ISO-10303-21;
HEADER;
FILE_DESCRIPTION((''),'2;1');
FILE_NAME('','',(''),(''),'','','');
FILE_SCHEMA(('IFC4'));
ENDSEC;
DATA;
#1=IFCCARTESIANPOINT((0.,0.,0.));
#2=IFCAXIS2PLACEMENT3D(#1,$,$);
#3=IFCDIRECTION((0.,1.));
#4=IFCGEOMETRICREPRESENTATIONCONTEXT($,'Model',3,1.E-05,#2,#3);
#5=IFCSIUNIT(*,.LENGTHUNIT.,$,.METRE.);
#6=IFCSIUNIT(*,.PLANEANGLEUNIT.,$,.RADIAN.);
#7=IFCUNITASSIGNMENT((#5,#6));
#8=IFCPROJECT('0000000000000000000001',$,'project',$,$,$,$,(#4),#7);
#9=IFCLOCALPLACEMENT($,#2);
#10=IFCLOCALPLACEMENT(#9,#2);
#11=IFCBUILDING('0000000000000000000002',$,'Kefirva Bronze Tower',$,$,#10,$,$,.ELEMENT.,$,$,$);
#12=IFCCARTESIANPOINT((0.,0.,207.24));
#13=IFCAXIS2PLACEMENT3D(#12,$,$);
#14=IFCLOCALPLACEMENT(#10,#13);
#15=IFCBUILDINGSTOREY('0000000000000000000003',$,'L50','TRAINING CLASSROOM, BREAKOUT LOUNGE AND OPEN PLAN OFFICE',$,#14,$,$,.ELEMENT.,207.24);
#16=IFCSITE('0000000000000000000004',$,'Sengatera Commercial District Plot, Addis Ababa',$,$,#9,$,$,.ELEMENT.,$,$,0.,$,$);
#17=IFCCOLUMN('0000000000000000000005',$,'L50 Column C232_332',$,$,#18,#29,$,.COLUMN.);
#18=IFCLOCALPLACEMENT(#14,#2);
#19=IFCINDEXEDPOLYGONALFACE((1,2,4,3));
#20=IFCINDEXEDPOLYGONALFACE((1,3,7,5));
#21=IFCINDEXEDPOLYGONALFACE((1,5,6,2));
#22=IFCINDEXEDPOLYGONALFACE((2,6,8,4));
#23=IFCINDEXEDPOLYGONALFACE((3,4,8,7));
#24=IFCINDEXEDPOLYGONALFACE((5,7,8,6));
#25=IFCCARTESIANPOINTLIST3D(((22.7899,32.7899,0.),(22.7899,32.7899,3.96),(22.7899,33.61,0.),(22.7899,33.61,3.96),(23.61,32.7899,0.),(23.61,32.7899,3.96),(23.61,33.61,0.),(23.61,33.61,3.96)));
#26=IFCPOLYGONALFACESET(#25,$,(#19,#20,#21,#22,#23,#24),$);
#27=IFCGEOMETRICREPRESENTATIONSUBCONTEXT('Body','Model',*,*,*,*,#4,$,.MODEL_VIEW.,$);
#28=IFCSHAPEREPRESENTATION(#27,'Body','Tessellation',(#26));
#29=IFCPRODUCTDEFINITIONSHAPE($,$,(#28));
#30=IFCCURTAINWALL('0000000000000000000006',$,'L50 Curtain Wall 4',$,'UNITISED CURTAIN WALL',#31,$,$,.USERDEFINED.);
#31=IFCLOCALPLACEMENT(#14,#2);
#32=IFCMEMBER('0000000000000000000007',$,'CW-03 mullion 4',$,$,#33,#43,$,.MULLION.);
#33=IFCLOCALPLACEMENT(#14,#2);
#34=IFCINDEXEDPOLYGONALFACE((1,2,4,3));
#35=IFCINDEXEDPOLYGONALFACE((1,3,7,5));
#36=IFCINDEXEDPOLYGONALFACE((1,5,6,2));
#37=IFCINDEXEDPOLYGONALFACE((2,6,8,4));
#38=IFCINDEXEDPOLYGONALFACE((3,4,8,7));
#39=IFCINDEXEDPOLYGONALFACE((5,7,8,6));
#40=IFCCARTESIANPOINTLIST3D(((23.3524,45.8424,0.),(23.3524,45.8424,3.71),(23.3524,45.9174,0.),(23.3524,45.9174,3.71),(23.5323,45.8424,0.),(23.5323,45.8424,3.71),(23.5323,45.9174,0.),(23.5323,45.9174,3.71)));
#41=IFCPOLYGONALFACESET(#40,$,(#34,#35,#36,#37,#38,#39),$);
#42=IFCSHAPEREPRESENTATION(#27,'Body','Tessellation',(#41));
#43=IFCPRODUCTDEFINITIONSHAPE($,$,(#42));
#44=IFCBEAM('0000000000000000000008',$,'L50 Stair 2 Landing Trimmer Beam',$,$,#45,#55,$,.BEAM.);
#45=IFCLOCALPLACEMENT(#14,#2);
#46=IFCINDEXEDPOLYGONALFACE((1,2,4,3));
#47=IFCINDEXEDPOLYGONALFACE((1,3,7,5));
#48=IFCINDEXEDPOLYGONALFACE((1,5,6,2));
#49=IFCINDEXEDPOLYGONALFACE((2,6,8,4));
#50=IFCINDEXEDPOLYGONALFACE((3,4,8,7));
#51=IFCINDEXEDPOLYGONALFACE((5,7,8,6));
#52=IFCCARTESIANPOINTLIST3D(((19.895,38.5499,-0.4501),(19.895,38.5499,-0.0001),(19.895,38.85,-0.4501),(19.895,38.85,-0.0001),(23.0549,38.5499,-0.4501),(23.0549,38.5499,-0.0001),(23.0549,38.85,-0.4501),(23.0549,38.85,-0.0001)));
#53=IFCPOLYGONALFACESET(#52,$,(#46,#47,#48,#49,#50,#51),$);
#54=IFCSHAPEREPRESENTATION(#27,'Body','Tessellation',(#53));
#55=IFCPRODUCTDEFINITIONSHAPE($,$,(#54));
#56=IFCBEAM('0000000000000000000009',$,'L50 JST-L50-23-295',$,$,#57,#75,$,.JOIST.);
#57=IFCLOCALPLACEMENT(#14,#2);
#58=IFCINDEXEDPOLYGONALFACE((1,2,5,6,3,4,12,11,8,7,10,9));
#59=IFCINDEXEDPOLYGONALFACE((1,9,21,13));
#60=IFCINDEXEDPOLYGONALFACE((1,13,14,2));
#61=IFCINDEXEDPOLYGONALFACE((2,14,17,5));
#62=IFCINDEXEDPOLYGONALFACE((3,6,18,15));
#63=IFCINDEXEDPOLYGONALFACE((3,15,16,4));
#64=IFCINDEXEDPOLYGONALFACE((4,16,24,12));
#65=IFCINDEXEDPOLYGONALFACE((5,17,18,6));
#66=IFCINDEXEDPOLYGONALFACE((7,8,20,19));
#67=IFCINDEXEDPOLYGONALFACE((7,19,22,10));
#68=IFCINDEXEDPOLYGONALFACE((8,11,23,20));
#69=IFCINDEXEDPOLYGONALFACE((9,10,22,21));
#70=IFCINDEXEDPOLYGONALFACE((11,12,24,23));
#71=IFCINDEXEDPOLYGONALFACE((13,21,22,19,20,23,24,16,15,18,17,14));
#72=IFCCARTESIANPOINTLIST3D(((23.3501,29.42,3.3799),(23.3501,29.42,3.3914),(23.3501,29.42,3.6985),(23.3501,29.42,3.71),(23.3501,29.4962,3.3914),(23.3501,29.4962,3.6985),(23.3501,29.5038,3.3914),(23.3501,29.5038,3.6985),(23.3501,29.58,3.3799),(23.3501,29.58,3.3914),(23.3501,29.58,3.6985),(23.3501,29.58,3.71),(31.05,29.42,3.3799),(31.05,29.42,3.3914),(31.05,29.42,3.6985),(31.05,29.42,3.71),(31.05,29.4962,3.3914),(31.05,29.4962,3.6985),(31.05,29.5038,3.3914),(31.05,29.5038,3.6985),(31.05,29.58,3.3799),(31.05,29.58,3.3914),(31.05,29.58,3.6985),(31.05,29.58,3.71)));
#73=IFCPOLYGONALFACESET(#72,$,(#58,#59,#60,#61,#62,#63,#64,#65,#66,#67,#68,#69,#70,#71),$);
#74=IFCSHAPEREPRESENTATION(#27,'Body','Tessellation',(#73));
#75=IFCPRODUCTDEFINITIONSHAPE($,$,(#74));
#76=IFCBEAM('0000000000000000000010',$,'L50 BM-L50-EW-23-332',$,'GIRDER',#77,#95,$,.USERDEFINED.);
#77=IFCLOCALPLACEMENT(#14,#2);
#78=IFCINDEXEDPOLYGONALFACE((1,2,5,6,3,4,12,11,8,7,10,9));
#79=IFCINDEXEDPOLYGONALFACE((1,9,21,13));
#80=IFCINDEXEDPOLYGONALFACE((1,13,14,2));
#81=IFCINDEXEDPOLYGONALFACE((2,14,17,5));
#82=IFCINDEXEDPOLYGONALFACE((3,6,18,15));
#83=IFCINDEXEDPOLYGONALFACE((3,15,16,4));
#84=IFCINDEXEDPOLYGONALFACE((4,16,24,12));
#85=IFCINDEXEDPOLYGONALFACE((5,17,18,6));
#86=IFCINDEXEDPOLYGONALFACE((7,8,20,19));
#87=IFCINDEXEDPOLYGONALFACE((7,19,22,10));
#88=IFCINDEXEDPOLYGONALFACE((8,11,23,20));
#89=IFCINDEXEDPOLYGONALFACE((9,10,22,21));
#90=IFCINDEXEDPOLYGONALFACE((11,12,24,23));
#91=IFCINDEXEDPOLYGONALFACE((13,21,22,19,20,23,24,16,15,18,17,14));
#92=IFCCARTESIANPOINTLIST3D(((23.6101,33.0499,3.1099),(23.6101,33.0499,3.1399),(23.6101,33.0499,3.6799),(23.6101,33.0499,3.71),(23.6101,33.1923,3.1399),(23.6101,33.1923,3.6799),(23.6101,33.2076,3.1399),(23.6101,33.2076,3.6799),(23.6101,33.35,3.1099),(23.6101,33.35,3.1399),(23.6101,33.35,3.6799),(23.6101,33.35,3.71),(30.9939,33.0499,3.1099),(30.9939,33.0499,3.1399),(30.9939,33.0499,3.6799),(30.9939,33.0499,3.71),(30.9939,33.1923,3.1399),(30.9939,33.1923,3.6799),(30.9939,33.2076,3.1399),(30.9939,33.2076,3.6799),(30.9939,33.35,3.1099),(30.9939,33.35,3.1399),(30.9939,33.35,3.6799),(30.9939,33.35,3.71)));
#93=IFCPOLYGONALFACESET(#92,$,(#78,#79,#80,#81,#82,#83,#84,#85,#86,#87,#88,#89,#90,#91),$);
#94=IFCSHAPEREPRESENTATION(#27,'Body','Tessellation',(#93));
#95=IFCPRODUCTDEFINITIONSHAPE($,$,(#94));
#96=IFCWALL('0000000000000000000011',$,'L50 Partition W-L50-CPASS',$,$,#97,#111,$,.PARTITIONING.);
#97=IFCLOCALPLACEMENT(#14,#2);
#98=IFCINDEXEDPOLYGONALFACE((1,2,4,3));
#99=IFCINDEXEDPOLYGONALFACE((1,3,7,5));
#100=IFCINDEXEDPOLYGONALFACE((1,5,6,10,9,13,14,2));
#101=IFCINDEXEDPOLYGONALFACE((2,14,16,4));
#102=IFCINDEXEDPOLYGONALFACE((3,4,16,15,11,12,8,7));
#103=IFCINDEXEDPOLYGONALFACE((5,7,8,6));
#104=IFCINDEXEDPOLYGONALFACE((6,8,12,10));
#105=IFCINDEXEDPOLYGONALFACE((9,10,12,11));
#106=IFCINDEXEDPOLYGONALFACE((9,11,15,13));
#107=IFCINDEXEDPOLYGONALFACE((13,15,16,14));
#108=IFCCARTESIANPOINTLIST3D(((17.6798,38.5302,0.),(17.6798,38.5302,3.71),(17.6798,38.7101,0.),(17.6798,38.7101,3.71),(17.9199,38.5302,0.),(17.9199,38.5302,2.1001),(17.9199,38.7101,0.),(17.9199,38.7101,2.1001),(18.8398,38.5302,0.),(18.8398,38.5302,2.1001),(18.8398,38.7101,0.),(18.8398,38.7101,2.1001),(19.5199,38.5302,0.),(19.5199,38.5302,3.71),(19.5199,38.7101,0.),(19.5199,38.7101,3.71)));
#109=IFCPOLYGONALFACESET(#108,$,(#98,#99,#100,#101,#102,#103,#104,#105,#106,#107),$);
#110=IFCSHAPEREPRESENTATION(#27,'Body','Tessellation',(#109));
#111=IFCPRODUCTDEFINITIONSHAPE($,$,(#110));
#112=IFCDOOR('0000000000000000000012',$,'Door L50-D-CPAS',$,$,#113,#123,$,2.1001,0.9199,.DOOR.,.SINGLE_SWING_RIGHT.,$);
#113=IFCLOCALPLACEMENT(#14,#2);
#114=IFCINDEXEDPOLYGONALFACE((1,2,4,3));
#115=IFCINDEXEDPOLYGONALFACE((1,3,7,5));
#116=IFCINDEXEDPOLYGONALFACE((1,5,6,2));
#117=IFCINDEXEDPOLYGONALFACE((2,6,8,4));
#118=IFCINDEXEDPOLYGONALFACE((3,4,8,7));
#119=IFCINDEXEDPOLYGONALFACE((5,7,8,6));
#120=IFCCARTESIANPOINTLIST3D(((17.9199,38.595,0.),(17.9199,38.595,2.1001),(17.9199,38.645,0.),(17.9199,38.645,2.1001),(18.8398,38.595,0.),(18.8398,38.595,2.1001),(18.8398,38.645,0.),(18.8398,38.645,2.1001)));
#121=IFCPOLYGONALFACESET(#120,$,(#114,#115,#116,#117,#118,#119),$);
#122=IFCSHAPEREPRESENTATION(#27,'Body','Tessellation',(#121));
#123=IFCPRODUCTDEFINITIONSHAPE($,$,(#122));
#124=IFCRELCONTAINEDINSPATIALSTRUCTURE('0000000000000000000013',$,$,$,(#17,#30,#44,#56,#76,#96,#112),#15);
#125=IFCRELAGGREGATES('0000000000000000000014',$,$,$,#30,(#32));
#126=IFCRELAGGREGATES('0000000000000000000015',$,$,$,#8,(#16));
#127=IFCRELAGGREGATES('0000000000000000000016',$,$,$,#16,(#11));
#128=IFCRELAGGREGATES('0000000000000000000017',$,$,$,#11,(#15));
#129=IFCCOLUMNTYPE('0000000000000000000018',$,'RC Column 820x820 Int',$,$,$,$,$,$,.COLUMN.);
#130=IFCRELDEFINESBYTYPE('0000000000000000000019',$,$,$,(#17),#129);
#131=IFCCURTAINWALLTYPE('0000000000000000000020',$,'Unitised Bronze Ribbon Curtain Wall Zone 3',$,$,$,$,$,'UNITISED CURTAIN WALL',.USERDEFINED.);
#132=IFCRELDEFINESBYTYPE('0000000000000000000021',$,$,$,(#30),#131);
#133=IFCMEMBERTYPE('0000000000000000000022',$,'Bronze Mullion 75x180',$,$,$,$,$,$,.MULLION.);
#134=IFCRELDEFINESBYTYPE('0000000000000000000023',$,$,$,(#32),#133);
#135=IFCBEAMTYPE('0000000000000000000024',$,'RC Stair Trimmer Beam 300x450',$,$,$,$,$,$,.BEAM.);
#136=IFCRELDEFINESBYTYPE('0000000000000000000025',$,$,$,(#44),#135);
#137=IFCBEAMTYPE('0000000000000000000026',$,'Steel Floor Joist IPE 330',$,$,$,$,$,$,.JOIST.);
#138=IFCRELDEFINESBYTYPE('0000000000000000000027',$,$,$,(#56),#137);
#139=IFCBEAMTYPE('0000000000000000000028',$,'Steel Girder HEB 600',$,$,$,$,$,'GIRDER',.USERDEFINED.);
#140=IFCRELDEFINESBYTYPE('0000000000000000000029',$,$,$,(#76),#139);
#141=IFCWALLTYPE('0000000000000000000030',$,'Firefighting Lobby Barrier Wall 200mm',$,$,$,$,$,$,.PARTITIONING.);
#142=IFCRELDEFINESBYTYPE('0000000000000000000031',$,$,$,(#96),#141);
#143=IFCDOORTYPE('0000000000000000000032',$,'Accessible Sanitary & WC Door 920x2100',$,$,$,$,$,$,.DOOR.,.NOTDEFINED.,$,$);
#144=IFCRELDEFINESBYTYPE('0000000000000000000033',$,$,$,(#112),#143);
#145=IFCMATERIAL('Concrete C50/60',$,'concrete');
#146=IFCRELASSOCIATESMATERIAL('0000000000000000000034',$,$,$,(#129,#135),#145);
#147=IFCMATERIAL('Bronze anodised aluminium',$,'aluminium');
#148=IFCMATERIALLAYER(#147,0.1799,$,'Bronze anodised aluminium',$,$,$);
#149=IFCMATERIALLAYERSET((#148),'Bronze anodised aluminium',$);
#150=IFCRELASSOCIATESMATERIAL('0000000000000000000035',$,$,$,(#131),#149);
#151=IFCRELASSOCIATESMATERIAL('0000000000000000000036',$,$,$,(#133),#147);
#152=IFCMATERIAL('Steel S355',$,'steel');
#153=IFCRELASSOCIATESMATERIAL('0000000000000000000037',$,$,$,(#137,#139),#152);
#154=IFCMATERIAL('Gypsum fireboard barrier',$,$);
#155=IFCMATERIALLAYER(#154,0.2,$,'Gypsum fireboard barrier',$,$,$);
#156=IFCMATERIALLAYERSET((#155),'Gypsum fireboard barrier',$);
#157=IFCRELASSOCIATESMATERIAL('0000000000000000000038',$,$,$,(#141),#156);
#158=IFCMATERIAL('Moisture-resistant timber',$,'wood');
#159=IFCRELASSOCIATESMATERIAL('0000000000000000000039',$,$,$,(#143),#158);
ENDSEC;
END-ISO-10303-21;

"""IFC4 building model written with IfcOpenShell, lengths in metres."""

from ifc_helpers import new_model, si_unit, direction, frame, frame_2d, origin, origin_2d, place, context, subcontext, project, spatial, rectangle, i_section, extrude, material, layer, layer_set, material_profile, profile_set, type_object, element, fill, aggregate, save


model = new_model("IFC4")

# Units and contexts
model_context = context("Model", 3, precision=1e-05, world=origin(), true_north=direction((0.0, 1.0)))
body_context = subcontext(model_context, "Body", "Model", "MODEL_VIEW")
ifc_project = project(units=[si_unit("LENGTHUNIT", "METRE"), si_unit("PLANEANGLEUNIT", "RADIAN")], contexts=[model_context])

# Site, building, storey
site_placement = place(None, origin())
site = spatial("IfcSite", under=ifc_project, at=site_placement, Name="Sengatera Commercial District Plot, Addis Ababa", CompositionType="ELEMENT", RefElevation=0.0)
building_placement = place(site_placement, origin())
building = spatial("IfcBuilding", under=site, at=building_placement, Name="Kefirva Bronze Tower", CompositionType="ELEMENT")
storey_placement = place(building_placement, frame((0.0, 0.0, 207.24)))
storey = spatial("IfcBuildingStorey", under=building, at=storey_placement, Name="L50", Description="TRAINING CLASSROOM, BREAKOUT LOUNGE AND OPEN PLAN OFFICE", CompositionType="ELEMENT", Elevation=207.24)

# Column
ifc_material_1 = material(Name="Concrete C50/60", Category="concrete")
ifc_material_profile_1 = material_profile(ifc_material_1, rectangle(XDim=0.8201, YDim=0.8201, at=origin_2d()), Name="RC 820x820")
ifc_profile_set_1 = profile_set([ifc_material_profile_1], Name="Concrete C50/60")
column_type = type_object("IfcColumnType", Name="RC Column 820x820 Int", PredefinedType="COLUMN", material=ifc_profile_set_1)
column_placement = place(storey_placement, frame((23.2, 33.2, 0.0), z_axis=(0.0, 0.0, 1.0), x_axis=(1.0, 0.0, 0.0)))
element("IfcColumn", 1, at=column_placement, inside=storey, type_object=column_type, Name="L50 Column C232_332", PredefinedType="COLUMN", context=body_context, shape_type="SweptSolid", body=[
    extrude(rectangle(XDim=0.8201, YDim=0.8201, at=origin_2d()), origin(), (0.0, 0.0, 1.0), 3.96),
])

# Curtain wall, member
ifc_material_2 = material(Name="Bronze anodised aluminium", Category="aluminium")
ifc_layer_1 = layer(ifc_material_2, 0.1799, Name="Bronze anodised aluminium")
ifc_layer_set_1 = layer_set([ifc_layer_1], Name="Bronze anodised aluminium")
curtain_wall_type = type_object("IfcCurtainWallType", Name="Unitised Bronze Ribbon Curtain Wall Zone 3", ElementType="UNITISED CURTAIN WALL", PredefinedType="USERDEFINED", material=ifc_layer_set_1)
curtain_wall_placement = place(storey_placement, origin())
curtain_wall = element("IfcCurtainWall", 2, at=curtain_wall_placement, inside=storey, type_object=curtain_wall_type, Name="L50 Curtain Wall 4", ObjectType="UNITISED CURTAIN WALL", PredefinedType="USERDEFINED")
ifc_material_profile_2 = material_profile(ifc_material_2, rectangle(XDim=0.075, YDim=0.1799, at=origin_2d()), Name="ALU 75x180")
ifc_profile_set_2 = profile_set([ifc_material_profile_2], Name="Bronze anodised aluminium")
member_type = type_object("IfcMemberType", Name="Bronze Mullion 75x180", PredefinedType="MULLION", material=ifc_profile_set_2)
member_placement = place(storey_placement, frame((23.4424, 45.8799, 0.0), z_axis=(0.0, 0.0, 1.0), x_axis=(0.0, -1.0, 0.0)))
member = element("IfcMember", 3, at=member_placement, type_object=member_type, Name="CW-03 mullion 4", PredefinedType="MULLION", context=body_context, shape_type="SweptSolid", body=[
    extrude(rectangle(XDim=0.075, YDim=0.1799, at=origin_2d()), origin(), (0.0, 0.0, 1.0), 3.71),
])
aggregate(curtain_wall, [member])

# Beams
ifc_material_profile_3 = material_profile(ifc_material_1, rectangle(XDim=0.3, YDim=0.45, at=origin_2d()), Name="RC 300x450")
ifc_profile_set_3 = profile_set([ifc_material_profile_3], Name="Concrete C50/60")
beam_type_1 = type_object("IfcBeamType", Name="RC Stair Trimmer Beam 300x450", PredefinedType="BEAM", material=ifc_profile_set_3)
beam_1_placement = place(storey_placement, frame((19.895, 38.7, -0.2251), z_axis=(1.0, 0.0, 0.0), x_axis=(0.0, 1.0, 0.0)))
element("IfcBeam", 4, at=beam_1_placement, inside=storey, type_object=beam_type_1, Name="L50 Stair 2 Landing Trimmer Beam", PredefinedType="BEAM", context=body_context, shape_type="SweptSolid", body=[
    extrude(rectangle(XDim=0.3, YDim=0.45, at=origin_2d()), origin(), (0.0, 0.0, 1.0), 3.1599),
])
ifc_material_3 = material(Name="Steel S355", Category="steel")
ifc_material_profile_4 = material_profile(ifc_material_3, i_section(OverallWidth=0.1599, OverallDepth=0.3301, WebThickness=0.0076, FlangeThickness=0.0115, at=origin_2d()), Name="IPE 330")
ifc_profile_set_4 = profile_set([ifc_material_profile_4], Name="Steel S355")
beam_type_2 = type_object("IfcBeamType", Name="Steel Floor Joist IPE 330", PredefinedType="JOIST", material=ifc_profile_set_4)
beam_2_placement = place(storey_placement, frame((23.3501, 29.5, 3.5449), z_axis=(1.0, 0.0, 0.0), x_axis=(0.0, 1.0, 0.0)))
element("IfcBeam", 5, at=beam_2_placement, inside=storey, type_object=beam_type_2, Name="L50 JST-L50-23-295", PredefinedType="JOIST", context=body_context, shape_type="SweptSolid", body=[
    extrude(i_section(OverallWidth=0.1599, OverallDepth=0.3301, WebThickness=0.0076, FlangeThickness=0.0115, at=origin_2d()), origin(), (0.0, 0.0, 1.0), 7.7),
])
ifc_material_profile_5 = material_profile(ifc_material_3, i_section(OverallWidth=0.3, OverallDepth=0.6001, WebThickness=0.0154, FlangeThickness=0.03, at=origin_2d()), Name="HEB 600")
ifc_profile_set_5 = profile_set([ifc_material_profile_5], Name="Steel S355")
beam_type_3 = type_object("IfcBeamType", Name="Steel Girder HEB 600", ElementType="GIRDER", PredefinedType="USERDEFINED", material=ifc_profile_set_5)
beam_3_placement = place(storey_placement, frame((23.6101, 33.2, 3.4099), z_axis=(1.0, 0.0, 0.0), x_axis=(0.0, 1.0, 0.0)))
element("IfcBeam", 6, at=beam_3_placement, inside=storey, type_object=beam_type_3, Name="L50 BM-L50-EW-23-332", ObjectType="GIRDER", PredefinedType="USERDEFINED", context=body_context, shape_type="SweptSolid", body=[
    extrude(i_section(OverallWidth=0.3, OverallDepth=0.6001, WebThickness=0.0154, FlangeThickness=0.03, at=origin_2d()), origin(), (0.0, 0.0, 1.0), 7.3838),
])

# Wall, opening, door
ifc_material_4 = material(Name="Gypsum fireboard barrier")
ifc_layer_2 = layer(ifc_material_4, 0.2, Name="Gypsum fireboard barrier")
ifc_layer_set_2 = layer_set([ifc_layer_2], Name="Gypsum fireboard barrier")
wall_type_1 = type_object("IfcWallType", Name="Firefighting Lobby Barrier Wall 200mm", PredefinedType="PARTITIONING", material=ifc_layer_set_2)
wall_1_placement = place(storey_placement, frame((17.6799, 38.6201, 0.0), z_axis=(0.0, 0.0, 1.0), x_axis=(1.0, 0.0, 0.0)))
wall_1 = element("IfcWall", 7, at=wall_1_placement, inside=storey, type_object=wall_type_1, Name="L50 Partition W-L50-CPASS", PredefinedType="PARTITIONING", context=body_context, shape_type="SweptSolid", body=[
    extrude(rectangle(XDim=1.8401, YDim=0.1799, at=frame_2d((0.9199, 0.0))), origin(), (0.0, 0.0, 1.0), 3.71),
])
opening_1_placement = place(wall_1_placement, frame((0.24, 0.0, 0.0)))
opening_1 = element("IfcOpeningElement", 8, at=opening_1_placement, cuts=wall_1, PredefinedType="OPENING", context=body_context, shape_type="SweptSolid", body=[
    extrude(rectangle(XDim=0.9199, YDim=2.1001, at=frame_2d((0.46, 1.05))), frame((0.0, 0.1001, 0.0), z_axis=(0.0, -1.0, 0.0), x_axis=(1.0, 0.0, 0.0)), (0.0, 0.0, 1.0), 0.2),
])
ifc_material_5 = material(Name="Moisture-resistant timber", Category="wood")
door_type_1 = type_object("IfcDoorType", Name="Accessible Sanitary & WC Door 920x2100", OperationType="NOTDEFINED", PredefinedType="DOOR", material=ifc_material_5)
door_1_placement = place(opening_1_placement, origin())
door_1 = element("IfcDoor", 9, at=door_1_placement, inside=storey, type_object=door_type_1, Name="Door L50-D-CPAS", OperationType="SINGLE_SWING_RIGHT", OverallHeight=2.1001, OverallWidth=0.9199, PredefinedType="DOOR", context=body_context, shape_type="SweptSolid", body=[
    extrude(rectangle(XDim=0.9199, YDim=2.1001, at=frame_2d((0.46, 1.05))), frame((0.0, 0.0249, 0.0), z_axis=(0.0, -1.0, 0.0), x_axis=(1.0, 0.0, 0.0)), (0.0, 0.0, 1.0), 0.05),
])
fill(opening_1, door_1)

save(model, "model.ifc")
